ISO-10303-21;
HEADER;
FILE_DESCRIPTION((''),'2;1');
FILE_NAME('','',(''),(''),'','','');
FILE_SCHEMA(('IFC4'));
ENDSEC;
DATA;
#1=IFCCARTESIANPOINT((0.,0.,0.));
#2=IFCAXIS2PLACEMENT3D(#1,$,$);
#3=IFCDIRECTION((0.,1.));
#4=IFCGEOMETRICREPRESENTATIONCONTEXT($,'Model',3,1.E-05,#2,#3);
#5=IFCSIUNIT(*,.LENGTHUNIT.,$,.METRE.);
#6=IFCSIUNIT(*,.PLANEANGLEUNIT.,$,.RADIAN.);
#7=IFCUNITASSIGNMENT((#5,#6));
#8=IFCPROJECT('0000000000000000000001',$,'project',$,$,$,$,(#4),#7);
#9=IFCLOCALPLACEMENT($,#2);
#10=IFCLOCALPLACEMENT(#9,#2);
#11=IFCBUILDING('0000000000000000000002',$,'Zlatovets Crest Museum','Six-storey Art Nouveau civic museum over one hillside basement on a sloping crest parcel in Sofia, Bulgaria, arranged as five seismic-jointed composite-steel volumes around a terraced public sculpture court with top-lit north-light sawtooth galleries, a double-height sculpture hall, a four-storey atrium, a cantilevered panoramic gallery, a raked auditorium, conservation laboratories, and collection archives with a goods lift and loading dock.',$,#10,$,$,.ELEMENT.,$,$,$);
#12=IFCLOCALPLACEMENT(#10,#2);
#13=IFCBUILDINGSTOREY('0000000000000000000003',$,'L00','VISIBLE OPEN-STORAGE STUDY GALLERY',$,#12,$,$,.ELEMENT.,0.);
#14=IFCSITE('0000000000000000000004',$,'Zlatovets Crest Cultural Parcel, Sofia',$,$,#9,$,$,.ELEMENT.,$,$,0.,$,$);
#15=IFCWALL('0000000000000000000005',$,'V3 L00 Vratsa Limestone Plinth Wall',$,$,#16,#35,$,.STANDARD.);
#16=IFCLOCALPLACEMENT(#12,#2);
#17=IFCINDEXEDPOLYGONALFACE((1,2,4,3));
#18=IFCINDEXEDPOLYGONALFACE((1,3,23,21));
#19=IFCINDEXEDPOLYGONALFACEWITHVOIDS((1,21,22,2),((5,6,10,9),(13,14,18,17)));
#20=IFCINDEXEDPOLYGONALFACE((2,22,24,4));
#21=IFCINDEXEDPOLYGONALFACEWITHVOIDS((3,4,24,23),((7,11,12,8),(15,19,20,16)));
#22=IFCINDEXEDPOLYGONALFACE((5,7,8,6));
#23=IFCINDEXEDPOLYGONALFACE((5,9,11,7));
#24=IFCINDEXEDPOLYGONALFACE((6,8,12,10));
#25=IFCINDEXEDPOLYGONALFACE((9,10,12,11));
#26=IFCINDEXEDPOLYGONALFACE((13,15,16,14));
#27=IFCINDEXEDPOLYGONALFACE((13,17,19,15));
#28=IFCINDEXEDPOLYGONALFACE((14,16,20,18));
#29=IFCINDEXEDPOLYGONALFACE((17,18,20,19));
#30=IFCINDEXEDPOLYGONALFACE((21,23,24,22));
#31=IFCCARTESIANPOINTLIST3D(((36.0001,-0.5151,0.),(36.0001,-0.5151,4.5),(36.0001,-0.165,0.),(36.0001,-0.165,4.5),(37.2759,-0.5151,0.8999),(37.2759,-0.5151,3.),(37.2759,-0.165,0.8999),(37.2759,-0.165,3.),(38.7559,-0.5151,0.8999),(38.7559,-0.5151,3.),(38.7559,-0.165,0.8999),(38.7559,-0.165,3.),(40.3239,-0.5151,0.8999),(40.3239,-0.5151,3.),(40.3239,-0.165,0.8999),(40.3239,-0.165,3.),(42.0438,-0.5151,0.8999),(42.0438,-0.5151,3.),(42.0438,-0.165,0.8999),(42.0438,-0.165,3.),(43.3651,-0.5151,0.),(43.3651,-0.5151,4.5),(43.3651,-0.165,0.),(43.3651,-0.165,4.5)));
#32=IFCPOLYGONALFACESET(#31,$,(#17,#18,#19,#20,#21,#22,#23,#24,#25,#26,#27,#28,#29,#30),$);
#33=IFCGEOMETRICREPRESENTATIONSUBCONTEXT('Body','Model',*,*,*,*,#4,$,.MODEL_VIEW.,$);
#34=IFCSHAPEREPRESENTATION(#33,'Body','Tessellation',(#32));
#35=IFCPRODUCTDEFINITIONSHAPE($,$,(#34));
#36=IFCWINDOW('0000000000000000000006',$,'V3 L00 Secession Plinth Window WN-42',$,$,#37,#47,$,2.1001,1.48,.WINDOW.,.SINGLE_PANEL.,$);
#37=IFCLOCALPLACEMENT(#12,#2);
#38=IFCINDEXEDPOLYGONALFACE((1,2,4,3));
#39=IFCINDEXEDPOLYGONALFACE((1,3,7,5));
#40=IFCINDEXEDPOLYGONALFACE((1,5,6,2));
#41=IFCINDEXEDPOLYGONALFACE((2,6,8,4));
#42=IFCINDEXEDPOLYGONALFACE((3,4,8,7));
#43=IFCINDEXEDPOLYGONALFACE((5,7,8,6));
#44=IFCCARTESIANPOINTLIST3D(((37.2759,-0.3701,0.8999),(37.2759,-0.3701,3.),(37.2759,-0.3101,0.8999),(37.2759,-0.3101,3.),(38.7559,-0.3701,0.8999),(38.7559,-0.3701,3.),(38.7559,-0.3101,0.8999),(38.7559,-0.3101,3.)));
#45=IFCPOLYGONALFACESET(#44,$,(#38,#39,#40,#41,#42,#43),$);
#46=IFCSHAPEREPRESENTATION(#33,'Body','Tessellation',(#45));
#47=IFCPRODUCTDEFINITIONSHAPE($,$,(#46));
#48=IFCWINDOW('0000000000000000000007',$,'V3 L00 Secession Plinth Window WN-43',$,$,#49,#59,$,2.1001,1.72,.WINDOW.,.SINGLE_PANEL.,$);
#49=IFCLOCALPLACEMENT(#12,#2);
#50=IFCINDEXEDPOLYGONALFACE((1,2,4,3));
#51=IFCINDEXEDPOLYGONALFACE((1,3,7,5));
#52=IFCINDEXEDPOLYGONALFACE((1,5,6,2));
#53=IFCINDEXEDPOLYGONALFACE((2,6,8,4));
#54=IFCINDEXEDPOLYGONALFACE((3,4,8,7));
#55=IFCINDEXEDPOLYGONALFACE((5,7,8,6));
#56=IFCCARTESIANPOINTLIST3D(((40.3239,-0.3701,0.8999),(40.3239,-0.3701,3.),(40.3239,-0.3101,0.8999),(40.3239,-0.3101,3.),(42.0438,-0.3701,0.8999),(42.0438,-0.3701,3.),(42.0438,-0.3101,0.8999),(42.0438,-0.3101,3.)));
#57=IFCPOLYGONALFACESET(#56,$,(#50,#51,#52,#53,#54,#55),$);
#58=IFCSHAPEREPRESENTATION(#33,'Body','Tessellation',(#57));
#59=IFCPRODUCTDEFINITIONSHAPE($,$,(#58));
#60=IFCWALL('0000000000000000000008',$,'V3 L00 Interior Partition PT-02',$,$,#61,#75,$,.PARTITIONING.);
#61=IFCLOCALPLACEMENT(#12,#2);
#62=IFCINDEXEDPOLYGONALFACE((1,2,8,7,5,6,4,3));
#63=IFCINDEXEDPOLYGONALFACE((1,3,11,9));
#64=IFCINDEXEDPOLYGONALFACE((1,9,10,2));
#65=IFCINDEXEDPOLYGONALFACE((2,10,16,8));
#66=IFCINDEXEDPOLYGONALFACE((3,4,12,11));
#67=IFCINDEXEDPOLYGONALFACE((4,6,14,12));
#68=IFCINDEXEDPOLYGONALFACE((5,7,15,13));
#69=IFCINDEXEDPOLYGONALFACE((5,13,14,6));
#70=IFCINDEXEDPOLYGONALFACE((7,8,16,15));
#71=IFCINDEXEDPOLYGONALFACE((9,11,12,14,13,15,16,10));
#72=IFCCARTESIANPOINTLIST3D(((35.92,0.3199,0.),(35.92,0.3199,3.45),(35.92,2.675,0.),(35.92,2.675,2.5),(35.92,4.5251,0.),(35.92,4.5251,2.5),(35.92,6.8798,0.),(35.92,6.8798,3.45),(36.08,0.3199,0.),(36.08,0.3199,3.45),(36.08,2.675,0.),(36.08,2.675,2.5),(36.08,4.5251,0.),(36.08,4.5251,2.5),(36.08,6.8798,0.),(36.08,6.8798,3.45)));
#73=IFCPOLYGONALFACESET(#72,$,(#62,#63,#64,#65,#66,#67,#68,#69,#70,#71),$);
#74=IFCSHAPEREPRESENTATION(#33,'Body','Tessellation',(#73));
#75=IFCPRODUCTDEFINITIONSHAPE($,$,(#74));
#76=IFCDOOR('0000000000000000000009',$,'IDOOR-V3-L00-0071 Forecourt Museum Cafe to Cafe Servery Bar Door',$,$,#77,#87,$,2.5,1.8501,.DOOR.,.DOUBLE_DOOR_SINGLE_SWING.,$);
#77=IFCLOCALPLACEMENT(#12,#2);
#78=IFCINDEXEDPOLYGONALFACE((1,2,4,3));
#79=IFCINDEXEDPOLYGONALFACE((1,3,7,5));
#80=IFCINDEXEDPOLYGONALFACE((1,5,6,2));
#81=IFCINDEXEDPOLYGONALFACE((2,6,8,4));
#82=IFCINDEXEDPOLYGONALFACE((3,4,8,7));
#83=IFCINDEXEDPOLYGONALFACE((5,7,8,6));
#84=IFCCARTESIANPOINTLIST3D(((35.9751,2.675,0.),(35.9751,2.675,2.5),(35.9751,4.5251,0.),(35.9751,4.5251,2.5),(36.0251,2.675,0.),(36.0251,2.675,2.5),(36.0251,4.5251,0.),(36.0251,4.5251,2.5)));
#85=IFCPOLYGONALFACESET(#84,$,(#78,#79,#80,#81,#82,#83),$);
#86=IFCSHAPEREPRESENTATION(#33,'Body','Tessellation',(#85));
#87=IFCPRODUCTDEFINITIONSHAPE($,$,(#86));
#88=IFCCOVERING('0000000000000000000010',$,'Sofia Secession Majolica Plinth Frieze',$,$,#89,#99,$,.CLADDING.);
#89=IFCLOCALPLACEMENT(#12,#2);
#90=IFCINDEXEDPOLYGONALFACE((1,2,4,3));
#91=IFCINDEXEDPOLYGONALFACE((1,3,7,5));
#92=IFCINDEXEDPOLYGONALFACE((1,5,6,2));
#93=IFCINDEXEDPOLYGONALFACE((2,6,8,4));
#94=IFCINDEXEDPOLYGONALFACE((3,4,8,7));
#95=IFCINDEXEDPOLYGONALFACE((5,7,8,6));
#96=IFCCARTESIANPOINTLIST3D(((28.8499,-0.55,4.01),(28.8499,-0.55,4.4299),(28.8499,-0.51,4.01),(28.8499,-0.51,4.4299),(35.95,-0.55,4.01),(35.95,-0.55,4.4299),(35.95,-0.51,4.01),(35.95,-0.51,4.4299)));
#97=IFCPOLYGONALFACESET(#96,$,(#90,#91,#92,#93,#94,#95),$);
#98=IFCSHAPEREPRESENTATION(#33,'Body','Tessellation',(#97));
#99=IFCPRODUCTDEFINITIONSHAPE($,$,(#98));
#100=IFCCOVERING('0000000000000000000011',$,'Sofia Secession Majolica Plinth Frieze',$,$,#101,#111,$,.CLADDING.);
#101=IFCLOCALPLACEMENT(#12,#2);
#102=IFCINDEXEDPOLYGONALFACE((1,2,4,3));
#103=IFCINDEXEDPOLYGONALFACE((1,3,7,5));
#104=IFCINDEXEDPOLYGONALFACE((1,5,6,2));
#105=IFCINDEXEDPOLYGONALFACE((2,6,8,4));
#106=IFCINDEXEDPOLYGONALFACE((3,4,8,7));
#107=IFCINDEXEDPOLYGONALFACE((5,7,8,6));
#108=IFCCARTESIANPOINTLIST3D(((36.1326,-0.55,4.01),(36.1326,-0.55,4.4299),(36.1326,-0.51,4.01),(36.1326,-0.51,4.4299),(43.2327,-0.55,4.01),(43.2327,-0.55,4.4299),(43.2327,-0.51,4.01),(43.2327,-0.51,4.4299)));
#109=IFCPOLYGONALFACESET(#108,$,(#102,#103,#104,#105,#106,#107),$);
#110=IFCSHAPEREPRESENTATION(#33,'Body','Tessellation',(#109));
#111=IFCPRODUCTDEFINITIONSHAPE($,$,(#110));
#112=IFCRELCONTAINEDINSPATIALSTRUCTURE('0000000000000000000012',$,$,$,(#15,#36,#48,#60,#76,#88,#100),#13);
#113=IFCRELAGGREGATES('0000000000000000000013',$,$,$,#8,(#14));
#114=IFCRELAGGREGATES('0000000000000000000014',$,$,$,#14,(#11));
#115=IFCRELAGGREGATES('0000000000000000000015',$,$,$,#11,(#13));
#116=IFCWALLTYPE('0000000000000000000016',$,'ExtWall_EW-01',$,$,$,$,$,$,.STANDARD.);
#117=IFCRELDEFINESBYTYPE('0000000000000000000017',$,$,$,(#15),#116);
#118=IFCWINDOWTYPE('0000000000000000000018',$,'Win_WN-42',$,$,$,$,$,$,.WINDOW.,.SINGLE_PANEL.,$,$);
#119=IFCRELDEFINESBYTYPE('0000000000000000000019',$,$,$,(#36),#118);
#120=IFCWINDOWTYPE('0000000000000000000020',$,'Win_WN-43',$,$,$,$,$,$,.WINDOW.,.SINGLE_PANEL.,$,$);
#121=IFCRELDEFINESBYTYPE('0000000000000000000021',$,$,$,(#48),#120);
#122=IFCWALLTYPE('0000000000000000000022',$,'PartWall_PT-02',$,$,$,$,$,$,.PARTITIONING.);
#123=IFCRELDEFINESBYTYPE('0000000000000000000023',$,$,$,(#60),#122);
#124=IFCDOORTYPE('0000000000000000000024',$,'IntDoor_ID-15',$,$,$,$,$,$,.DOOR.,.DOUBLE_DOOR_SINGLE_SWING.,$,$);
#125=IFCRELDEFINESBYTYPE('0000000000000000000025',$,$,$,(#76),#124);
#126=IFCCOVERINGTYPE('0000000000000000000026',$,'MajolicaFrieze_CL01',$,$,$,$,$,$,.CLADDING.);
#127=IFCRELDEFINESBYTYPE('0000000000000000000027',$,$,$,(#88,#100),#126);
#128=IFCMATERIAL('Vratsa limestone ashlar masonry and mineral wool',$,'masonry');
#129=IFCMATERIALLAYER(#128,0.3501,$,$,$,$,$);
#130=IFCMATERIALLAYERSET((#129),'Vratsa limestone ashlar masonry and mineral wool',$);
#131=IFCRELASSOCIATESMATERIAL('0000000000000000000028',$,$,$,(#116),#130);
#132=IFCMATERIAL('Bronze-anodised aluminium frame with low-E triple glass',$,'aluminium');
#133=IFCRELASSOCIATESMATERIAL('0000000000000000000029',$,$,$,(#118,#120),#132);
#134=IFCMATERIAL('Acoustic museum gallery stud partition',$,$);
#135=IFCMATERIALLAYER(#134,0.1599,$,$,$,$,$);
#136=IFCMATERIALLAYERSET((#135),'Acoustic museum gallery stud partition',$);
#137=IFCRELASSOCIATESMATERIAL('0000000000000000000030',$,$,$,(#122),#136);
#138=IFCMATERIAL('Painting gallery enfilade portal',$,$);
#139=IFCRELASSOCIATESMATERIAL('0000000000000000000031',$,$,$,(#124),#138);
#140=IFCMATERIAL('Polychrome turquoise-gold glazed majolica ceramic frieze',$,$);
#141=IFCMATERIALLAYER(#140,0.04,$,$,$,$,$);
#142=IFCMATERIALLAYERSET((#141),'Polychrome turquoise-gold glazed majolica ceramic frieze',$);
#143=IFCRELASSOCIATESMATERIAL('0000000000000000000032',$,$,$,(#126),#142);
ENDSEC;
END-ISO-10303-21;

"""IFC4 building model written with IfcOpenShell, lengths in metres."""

from ifc_helpers import new_model, si_unit, direction, frame, frame_2d, origin, origin_2d, place, context, subcontext, project, spatial, rectangle, extrude, material, layer, layer_set, type_object, element, fill, save


model = new_model("IFC4")

# Units and contexts
model_context = context("Model", 3, precision=1e-05, world=origin(), true_north=direction((0.0, 1.0)))
body_context = subcontext(model_context, "Body", "Model", "MODEL_VIEW")
ifc_project = project(units=[si_unit("LENGTHUNIT", "METRE"), si_unit("PLANEANGLEUNIT", "RADIAN")], contexts=[model_context])

# Site, building, storey
site_placement = place(None, origin())
site = spatial("IfcSite", under=ifc_project, at=site_placement, Name="Zlatovets Crest Cultural Parcel, Sofia", CompositionType="ELEMENT", RefElevation=0.0)
building_placement = place(site_placement, origin())
building = spatial("IfcBuilding", under=site, at=building_placement, Name="Zlatovets Crest Museum", Description="Six-storey Art Nouveau civic museum over one hillside basement on a sloping crest parcel in Sofia, Bulgaria, arranged as five seismic-jointed composite-steel volumes around a terraced public sculpture court with top-lit north-light sawtooth galleries, a double-height sculpture hall, a four-storey atrium, a cantilevered panoramic gallery, a raked auditorium, conservation laboratories, and collection archives with a goods lift and loading dock.", CompositionType="ELEMENT")
storey_placement = place(building_placement, origin())
storey = spatial("IfcBuildingStorey", under=building, at=storey_placement, Name="L00", Description="VISIBLE OPEN-STORAGE STUDY GALLERY", CompositionType="ELEMENT", Elevation=0.0)

# Wall, openings, windows
ifc_material_1 = material(Name="Vratsa limestone ashlar masonry and mineral wool", Category="masonry")
ifc_layer_1 = layer(ifc_material_1, 0.3501)
ifc_layer_set_1 = layer_set([ifc_layer_1], Name="Vratsa limestone ashlar masonry and mineral wool")
wall_type_1 = type_object("IfcWallType", Name="ExtWall_EW-01", PredefinedType="STANDARD", material=ifc_layer_set_1)
wall_1_placement = place(storey_placement, frame((36.0, -0.3401, 0.0), z_axis=(0.0, 0.0, 1.0), x_axis=(1.0, 0.0, 0.0)))
wall_1 = element("IfcWall", 1, at=wall_1_placement, inside=storey, type_object=wall_type_1, Name="V3 L00 Vratsa Limestone Plinth Wall", PredefinedType="STANDARD", context=body_context, shape_type="SweptSolid", body=[
    extrude(rectangle(XDim=7.365, YDim=0.3501, at=frame_2d((3.6826, 0.0))), origin(), (0.0, 0.0, 1.0), 4.5),
])
opening_1_placement = place(wall_1_placement, frame((1.2759, 0.0, 0.8999)))
opening_1 = element("IfcOpeningElement", 2, at=opening_1_placement, cuts=wall_1, PredefinedType="OPENING", context=body_context, shape_type="SweptSolid", body=[
    extrude(rectangle(XDim=1.48, YDim=2.1001, at=frame_2d((0.74, 1.05))), frame((0.0, 0.1851, 0.0), z_axis=(0.0, -1.0, 0.0), x_axis=(1.0, 0.0, 0.0)), (0.0, 0.0, 1.0), 0.3701),
])
opening_2_placement = place(wall_1_placement, frame((4.324, 0.0, 0.8999)))
opening_2 = element("IfcOpeningElement", 3, at=opening_2_placement, cuts=wall_1, PredefinedType="OPENING", context=body_context, shape_type="SweptSolid", body=[
    extrude(rectangle(XDim=1.72, YDim=2.1001, at=frame_2d((0.8599, 1.05))), frame((0.0, 0.1851, 0.0), z_axis=(0.0, -1.0, 0.0), x_axis=(1.0, 0.0, 0.0)), (0.0, 0.0, 1.0), 0.3701),
])
ifc_material_2 = material(Name="Bronze-anodised aluminium frame with low-E triple glass", Category="aluminium")
window_type_1 = type_object("IfcWindowType", Name="Win_WN-42", PartitioningType="SINGLE_PANEL", PredefinedType="WINDOW", material=ifc_material_2)
window_1_placement = place(opening_1_placement, origin())
window_1 = element("IfcWindow", 4, at=window_1_placement, inside=storey, type_object=window_type_1, Name="V3 L00 Secession Plinth Window WN-42", OverallHeight=2.1001, OverallWidth=1.48, PartitioningType="SINGLE_PANEL", PredefinedType="WINDOW", context=body_context, shape_type="SweptSolid", body=[
    extrude(rectangle(XDim=1.48, YDim=2.1001, at=frame_2d((0.74, 1.05))), frame((0.0, 0.03, 0.0), z_axis=(0.0, -1.0, 0.0), x_axis=(1.0, 0.0, 0.0)), (0.0, 0.0, 1.0), 0.0601),
])
fill(opening_1, window_1)
window_type_2 = type_object("IfcWindowType", Name="Win_WN-43", PartitioningType="SINGLE_PANEL", PredefinedType="WINDOW", material=ifc_material_2)
window_2_placement = place(opening_2_placement, origin())
window_2 = element("IfcWindow", 5, at=window_2_placement, inside=storey, type_object=window_type_2, Name="V3 L00 Secession Plinth Window WN-43", OverallHeight=2.1001, OverallWidth=1.72, PartitioningType="SINGLE_PANEL", PredefinedType="WINDOW", context=body_context, shape_type="SweptSolid", body=[
    extrude(rectangle(XDim=1.72, YDim=2.1001, at=frame_2d((0.8599, 1.05))), frame((0.0, 0.03, 0.0), z_axis=(0.0, -1.0, 0.0), x_axis=(1.0, 0.0, 0.0)), (0.0, 0.0, 1.0), 0.0601),
])
fill(opening_2, window_2)

# Wall, opening, door
ifc_material_3 = material(Name="Acoustic museum gallery stud partition")
ifc_layer_2 = layer(ifc_material_3, 0.1599)
ifc_layer_set_2 = layer_set([ifc_layer_2], Name="Acoustic museum gallery stud partition")
wall_type_2 = type_object("IfcWallType", Name="PartWall_PT-02", PredefinedType="PARTITIONING", material=ifc_layer_set_2)
wall_2_placement = place(storey_placement, frame((36.0, 0.3201, 0.0), z_axis=(0.0, 0.0, 1.0), x_axis=(0.0, 1.0, 0.0)))
wall_2 = element("IfcWall", 6, at=wall_2_placement, inside=storey, type_object=wall_type_2, Name="V3 L00 Interior Partition PT-02", PredefinedType="PARTITIONING", context=body_context, shape_type="SweptSolid", body=[
    extrude(rectangle(XDim=6.5598, YDim=0.1599, at=frame_2d((3.2798, 0.0))), origin(), (0.0, 0.0, 1.0), 3.45),
])
opening_3_placement = place(wall_2_placement, frame((2.355, 0.0, 0.0)))
opening_3 = element("IfcOpeningElement", 7, at=opening_3_placement, cuts=wall_2, PredefinedType="OPENING", context=body_context, shape_type="SweptSolid", body=[
    extrude(rectangle(XDim=1.8501, YDim=2.5, at=frame_2d((0.925, 1.25))), frame((0.0, 0.0898, 0.0), z_axis=(0.0, -1.0, 0.0), x_axis=(1.0, 0.0, 0.0)), (0.0, 0.0, 1.0), 0.1799),
])
ifc_material_4 = material(Name="Painting gallery enfilade portal")
door_type_1 = type_object("IfcDoorType", Name="IntDoor_ID-15", OperationType="DOUBLE_DOOR_SINGLE_SWING", PredefinedType="DOOR", material=ifc_material_4)
door_1_placement = place(opening_3_placement, origin())
door_1 = element("IfcDoor", 8, at=door_1_placement, inside=storey, type_object=door_type_1, Name="IDOOR-V3-L00-0071 Forecourt Museum Cafe to Cafe Servery Bar Door", OperationType="DOUBLE_DOOR_SINGLE_SWING", OverallHeight=2.5, OverallWidth=1.8501, PredefinedType="DOOR", context=body_context, shape_type="SweptSolid", body=[
    extrude(rectangle(XDim=1.8501, YDim=2.5, at=frame_2d((0.925, 1.25))), frame((0.0, 0.0249, 0.0), z_axis=(0.0, -1.0, 0.0), x_axis=(1.0, 0.0, 0.0)), (0.0, 0.0, 1.0), 0.05),
])
fill(opening_3, door_1)

# Coverings
ifc_material_5 = material(Name="Polychrome turquoise-gold glazed majolica ceramic frieze")
ifc_layer_3 = layer(ifc_material_5, 0.04)
ifc_layer_set_3 = layer_set([ifc_layer_3], Name="Polychrome turquoise-gold glazed majolica ceramic frieze")
covering_type = type_object("IfcCoveringType", Name="MajolicaFrieze_CL01", PredefinedType="CLADDING", material=ifc_layer_set_3)
for number, where, z_axis, x_axis, name in (
    (9, (32.3999, -0.53, 4.01), (0.0, 0.0, 1.0), (1.0, 0.0, 0.0), "Sofia Secession Majolica Plinth Frieze"),
    (10, (39.6826, -0.53, 4.01), (0.0, 0.0, 1.0), (1.0, 0.0, 0.0), "Sofia Secession Majolica Plinth Frieze"),
):
    element("IfcCovering", number, at=place(storey_placement, frame(where, z_axis=z_axis, x_axis=x_axis)), inside=storey, type_object=covering_type, Name=name, PredefinedType="CLADDING", context=body_context, shape_type="SweptSolid", body=[
        extrude(rectangle(XDim=7.1001, YDim=0.04, at=origin_2d()), origin(), (0.0, 0.0, 1.0), 0.4199),
    ])

save(model, "model.ifc")
